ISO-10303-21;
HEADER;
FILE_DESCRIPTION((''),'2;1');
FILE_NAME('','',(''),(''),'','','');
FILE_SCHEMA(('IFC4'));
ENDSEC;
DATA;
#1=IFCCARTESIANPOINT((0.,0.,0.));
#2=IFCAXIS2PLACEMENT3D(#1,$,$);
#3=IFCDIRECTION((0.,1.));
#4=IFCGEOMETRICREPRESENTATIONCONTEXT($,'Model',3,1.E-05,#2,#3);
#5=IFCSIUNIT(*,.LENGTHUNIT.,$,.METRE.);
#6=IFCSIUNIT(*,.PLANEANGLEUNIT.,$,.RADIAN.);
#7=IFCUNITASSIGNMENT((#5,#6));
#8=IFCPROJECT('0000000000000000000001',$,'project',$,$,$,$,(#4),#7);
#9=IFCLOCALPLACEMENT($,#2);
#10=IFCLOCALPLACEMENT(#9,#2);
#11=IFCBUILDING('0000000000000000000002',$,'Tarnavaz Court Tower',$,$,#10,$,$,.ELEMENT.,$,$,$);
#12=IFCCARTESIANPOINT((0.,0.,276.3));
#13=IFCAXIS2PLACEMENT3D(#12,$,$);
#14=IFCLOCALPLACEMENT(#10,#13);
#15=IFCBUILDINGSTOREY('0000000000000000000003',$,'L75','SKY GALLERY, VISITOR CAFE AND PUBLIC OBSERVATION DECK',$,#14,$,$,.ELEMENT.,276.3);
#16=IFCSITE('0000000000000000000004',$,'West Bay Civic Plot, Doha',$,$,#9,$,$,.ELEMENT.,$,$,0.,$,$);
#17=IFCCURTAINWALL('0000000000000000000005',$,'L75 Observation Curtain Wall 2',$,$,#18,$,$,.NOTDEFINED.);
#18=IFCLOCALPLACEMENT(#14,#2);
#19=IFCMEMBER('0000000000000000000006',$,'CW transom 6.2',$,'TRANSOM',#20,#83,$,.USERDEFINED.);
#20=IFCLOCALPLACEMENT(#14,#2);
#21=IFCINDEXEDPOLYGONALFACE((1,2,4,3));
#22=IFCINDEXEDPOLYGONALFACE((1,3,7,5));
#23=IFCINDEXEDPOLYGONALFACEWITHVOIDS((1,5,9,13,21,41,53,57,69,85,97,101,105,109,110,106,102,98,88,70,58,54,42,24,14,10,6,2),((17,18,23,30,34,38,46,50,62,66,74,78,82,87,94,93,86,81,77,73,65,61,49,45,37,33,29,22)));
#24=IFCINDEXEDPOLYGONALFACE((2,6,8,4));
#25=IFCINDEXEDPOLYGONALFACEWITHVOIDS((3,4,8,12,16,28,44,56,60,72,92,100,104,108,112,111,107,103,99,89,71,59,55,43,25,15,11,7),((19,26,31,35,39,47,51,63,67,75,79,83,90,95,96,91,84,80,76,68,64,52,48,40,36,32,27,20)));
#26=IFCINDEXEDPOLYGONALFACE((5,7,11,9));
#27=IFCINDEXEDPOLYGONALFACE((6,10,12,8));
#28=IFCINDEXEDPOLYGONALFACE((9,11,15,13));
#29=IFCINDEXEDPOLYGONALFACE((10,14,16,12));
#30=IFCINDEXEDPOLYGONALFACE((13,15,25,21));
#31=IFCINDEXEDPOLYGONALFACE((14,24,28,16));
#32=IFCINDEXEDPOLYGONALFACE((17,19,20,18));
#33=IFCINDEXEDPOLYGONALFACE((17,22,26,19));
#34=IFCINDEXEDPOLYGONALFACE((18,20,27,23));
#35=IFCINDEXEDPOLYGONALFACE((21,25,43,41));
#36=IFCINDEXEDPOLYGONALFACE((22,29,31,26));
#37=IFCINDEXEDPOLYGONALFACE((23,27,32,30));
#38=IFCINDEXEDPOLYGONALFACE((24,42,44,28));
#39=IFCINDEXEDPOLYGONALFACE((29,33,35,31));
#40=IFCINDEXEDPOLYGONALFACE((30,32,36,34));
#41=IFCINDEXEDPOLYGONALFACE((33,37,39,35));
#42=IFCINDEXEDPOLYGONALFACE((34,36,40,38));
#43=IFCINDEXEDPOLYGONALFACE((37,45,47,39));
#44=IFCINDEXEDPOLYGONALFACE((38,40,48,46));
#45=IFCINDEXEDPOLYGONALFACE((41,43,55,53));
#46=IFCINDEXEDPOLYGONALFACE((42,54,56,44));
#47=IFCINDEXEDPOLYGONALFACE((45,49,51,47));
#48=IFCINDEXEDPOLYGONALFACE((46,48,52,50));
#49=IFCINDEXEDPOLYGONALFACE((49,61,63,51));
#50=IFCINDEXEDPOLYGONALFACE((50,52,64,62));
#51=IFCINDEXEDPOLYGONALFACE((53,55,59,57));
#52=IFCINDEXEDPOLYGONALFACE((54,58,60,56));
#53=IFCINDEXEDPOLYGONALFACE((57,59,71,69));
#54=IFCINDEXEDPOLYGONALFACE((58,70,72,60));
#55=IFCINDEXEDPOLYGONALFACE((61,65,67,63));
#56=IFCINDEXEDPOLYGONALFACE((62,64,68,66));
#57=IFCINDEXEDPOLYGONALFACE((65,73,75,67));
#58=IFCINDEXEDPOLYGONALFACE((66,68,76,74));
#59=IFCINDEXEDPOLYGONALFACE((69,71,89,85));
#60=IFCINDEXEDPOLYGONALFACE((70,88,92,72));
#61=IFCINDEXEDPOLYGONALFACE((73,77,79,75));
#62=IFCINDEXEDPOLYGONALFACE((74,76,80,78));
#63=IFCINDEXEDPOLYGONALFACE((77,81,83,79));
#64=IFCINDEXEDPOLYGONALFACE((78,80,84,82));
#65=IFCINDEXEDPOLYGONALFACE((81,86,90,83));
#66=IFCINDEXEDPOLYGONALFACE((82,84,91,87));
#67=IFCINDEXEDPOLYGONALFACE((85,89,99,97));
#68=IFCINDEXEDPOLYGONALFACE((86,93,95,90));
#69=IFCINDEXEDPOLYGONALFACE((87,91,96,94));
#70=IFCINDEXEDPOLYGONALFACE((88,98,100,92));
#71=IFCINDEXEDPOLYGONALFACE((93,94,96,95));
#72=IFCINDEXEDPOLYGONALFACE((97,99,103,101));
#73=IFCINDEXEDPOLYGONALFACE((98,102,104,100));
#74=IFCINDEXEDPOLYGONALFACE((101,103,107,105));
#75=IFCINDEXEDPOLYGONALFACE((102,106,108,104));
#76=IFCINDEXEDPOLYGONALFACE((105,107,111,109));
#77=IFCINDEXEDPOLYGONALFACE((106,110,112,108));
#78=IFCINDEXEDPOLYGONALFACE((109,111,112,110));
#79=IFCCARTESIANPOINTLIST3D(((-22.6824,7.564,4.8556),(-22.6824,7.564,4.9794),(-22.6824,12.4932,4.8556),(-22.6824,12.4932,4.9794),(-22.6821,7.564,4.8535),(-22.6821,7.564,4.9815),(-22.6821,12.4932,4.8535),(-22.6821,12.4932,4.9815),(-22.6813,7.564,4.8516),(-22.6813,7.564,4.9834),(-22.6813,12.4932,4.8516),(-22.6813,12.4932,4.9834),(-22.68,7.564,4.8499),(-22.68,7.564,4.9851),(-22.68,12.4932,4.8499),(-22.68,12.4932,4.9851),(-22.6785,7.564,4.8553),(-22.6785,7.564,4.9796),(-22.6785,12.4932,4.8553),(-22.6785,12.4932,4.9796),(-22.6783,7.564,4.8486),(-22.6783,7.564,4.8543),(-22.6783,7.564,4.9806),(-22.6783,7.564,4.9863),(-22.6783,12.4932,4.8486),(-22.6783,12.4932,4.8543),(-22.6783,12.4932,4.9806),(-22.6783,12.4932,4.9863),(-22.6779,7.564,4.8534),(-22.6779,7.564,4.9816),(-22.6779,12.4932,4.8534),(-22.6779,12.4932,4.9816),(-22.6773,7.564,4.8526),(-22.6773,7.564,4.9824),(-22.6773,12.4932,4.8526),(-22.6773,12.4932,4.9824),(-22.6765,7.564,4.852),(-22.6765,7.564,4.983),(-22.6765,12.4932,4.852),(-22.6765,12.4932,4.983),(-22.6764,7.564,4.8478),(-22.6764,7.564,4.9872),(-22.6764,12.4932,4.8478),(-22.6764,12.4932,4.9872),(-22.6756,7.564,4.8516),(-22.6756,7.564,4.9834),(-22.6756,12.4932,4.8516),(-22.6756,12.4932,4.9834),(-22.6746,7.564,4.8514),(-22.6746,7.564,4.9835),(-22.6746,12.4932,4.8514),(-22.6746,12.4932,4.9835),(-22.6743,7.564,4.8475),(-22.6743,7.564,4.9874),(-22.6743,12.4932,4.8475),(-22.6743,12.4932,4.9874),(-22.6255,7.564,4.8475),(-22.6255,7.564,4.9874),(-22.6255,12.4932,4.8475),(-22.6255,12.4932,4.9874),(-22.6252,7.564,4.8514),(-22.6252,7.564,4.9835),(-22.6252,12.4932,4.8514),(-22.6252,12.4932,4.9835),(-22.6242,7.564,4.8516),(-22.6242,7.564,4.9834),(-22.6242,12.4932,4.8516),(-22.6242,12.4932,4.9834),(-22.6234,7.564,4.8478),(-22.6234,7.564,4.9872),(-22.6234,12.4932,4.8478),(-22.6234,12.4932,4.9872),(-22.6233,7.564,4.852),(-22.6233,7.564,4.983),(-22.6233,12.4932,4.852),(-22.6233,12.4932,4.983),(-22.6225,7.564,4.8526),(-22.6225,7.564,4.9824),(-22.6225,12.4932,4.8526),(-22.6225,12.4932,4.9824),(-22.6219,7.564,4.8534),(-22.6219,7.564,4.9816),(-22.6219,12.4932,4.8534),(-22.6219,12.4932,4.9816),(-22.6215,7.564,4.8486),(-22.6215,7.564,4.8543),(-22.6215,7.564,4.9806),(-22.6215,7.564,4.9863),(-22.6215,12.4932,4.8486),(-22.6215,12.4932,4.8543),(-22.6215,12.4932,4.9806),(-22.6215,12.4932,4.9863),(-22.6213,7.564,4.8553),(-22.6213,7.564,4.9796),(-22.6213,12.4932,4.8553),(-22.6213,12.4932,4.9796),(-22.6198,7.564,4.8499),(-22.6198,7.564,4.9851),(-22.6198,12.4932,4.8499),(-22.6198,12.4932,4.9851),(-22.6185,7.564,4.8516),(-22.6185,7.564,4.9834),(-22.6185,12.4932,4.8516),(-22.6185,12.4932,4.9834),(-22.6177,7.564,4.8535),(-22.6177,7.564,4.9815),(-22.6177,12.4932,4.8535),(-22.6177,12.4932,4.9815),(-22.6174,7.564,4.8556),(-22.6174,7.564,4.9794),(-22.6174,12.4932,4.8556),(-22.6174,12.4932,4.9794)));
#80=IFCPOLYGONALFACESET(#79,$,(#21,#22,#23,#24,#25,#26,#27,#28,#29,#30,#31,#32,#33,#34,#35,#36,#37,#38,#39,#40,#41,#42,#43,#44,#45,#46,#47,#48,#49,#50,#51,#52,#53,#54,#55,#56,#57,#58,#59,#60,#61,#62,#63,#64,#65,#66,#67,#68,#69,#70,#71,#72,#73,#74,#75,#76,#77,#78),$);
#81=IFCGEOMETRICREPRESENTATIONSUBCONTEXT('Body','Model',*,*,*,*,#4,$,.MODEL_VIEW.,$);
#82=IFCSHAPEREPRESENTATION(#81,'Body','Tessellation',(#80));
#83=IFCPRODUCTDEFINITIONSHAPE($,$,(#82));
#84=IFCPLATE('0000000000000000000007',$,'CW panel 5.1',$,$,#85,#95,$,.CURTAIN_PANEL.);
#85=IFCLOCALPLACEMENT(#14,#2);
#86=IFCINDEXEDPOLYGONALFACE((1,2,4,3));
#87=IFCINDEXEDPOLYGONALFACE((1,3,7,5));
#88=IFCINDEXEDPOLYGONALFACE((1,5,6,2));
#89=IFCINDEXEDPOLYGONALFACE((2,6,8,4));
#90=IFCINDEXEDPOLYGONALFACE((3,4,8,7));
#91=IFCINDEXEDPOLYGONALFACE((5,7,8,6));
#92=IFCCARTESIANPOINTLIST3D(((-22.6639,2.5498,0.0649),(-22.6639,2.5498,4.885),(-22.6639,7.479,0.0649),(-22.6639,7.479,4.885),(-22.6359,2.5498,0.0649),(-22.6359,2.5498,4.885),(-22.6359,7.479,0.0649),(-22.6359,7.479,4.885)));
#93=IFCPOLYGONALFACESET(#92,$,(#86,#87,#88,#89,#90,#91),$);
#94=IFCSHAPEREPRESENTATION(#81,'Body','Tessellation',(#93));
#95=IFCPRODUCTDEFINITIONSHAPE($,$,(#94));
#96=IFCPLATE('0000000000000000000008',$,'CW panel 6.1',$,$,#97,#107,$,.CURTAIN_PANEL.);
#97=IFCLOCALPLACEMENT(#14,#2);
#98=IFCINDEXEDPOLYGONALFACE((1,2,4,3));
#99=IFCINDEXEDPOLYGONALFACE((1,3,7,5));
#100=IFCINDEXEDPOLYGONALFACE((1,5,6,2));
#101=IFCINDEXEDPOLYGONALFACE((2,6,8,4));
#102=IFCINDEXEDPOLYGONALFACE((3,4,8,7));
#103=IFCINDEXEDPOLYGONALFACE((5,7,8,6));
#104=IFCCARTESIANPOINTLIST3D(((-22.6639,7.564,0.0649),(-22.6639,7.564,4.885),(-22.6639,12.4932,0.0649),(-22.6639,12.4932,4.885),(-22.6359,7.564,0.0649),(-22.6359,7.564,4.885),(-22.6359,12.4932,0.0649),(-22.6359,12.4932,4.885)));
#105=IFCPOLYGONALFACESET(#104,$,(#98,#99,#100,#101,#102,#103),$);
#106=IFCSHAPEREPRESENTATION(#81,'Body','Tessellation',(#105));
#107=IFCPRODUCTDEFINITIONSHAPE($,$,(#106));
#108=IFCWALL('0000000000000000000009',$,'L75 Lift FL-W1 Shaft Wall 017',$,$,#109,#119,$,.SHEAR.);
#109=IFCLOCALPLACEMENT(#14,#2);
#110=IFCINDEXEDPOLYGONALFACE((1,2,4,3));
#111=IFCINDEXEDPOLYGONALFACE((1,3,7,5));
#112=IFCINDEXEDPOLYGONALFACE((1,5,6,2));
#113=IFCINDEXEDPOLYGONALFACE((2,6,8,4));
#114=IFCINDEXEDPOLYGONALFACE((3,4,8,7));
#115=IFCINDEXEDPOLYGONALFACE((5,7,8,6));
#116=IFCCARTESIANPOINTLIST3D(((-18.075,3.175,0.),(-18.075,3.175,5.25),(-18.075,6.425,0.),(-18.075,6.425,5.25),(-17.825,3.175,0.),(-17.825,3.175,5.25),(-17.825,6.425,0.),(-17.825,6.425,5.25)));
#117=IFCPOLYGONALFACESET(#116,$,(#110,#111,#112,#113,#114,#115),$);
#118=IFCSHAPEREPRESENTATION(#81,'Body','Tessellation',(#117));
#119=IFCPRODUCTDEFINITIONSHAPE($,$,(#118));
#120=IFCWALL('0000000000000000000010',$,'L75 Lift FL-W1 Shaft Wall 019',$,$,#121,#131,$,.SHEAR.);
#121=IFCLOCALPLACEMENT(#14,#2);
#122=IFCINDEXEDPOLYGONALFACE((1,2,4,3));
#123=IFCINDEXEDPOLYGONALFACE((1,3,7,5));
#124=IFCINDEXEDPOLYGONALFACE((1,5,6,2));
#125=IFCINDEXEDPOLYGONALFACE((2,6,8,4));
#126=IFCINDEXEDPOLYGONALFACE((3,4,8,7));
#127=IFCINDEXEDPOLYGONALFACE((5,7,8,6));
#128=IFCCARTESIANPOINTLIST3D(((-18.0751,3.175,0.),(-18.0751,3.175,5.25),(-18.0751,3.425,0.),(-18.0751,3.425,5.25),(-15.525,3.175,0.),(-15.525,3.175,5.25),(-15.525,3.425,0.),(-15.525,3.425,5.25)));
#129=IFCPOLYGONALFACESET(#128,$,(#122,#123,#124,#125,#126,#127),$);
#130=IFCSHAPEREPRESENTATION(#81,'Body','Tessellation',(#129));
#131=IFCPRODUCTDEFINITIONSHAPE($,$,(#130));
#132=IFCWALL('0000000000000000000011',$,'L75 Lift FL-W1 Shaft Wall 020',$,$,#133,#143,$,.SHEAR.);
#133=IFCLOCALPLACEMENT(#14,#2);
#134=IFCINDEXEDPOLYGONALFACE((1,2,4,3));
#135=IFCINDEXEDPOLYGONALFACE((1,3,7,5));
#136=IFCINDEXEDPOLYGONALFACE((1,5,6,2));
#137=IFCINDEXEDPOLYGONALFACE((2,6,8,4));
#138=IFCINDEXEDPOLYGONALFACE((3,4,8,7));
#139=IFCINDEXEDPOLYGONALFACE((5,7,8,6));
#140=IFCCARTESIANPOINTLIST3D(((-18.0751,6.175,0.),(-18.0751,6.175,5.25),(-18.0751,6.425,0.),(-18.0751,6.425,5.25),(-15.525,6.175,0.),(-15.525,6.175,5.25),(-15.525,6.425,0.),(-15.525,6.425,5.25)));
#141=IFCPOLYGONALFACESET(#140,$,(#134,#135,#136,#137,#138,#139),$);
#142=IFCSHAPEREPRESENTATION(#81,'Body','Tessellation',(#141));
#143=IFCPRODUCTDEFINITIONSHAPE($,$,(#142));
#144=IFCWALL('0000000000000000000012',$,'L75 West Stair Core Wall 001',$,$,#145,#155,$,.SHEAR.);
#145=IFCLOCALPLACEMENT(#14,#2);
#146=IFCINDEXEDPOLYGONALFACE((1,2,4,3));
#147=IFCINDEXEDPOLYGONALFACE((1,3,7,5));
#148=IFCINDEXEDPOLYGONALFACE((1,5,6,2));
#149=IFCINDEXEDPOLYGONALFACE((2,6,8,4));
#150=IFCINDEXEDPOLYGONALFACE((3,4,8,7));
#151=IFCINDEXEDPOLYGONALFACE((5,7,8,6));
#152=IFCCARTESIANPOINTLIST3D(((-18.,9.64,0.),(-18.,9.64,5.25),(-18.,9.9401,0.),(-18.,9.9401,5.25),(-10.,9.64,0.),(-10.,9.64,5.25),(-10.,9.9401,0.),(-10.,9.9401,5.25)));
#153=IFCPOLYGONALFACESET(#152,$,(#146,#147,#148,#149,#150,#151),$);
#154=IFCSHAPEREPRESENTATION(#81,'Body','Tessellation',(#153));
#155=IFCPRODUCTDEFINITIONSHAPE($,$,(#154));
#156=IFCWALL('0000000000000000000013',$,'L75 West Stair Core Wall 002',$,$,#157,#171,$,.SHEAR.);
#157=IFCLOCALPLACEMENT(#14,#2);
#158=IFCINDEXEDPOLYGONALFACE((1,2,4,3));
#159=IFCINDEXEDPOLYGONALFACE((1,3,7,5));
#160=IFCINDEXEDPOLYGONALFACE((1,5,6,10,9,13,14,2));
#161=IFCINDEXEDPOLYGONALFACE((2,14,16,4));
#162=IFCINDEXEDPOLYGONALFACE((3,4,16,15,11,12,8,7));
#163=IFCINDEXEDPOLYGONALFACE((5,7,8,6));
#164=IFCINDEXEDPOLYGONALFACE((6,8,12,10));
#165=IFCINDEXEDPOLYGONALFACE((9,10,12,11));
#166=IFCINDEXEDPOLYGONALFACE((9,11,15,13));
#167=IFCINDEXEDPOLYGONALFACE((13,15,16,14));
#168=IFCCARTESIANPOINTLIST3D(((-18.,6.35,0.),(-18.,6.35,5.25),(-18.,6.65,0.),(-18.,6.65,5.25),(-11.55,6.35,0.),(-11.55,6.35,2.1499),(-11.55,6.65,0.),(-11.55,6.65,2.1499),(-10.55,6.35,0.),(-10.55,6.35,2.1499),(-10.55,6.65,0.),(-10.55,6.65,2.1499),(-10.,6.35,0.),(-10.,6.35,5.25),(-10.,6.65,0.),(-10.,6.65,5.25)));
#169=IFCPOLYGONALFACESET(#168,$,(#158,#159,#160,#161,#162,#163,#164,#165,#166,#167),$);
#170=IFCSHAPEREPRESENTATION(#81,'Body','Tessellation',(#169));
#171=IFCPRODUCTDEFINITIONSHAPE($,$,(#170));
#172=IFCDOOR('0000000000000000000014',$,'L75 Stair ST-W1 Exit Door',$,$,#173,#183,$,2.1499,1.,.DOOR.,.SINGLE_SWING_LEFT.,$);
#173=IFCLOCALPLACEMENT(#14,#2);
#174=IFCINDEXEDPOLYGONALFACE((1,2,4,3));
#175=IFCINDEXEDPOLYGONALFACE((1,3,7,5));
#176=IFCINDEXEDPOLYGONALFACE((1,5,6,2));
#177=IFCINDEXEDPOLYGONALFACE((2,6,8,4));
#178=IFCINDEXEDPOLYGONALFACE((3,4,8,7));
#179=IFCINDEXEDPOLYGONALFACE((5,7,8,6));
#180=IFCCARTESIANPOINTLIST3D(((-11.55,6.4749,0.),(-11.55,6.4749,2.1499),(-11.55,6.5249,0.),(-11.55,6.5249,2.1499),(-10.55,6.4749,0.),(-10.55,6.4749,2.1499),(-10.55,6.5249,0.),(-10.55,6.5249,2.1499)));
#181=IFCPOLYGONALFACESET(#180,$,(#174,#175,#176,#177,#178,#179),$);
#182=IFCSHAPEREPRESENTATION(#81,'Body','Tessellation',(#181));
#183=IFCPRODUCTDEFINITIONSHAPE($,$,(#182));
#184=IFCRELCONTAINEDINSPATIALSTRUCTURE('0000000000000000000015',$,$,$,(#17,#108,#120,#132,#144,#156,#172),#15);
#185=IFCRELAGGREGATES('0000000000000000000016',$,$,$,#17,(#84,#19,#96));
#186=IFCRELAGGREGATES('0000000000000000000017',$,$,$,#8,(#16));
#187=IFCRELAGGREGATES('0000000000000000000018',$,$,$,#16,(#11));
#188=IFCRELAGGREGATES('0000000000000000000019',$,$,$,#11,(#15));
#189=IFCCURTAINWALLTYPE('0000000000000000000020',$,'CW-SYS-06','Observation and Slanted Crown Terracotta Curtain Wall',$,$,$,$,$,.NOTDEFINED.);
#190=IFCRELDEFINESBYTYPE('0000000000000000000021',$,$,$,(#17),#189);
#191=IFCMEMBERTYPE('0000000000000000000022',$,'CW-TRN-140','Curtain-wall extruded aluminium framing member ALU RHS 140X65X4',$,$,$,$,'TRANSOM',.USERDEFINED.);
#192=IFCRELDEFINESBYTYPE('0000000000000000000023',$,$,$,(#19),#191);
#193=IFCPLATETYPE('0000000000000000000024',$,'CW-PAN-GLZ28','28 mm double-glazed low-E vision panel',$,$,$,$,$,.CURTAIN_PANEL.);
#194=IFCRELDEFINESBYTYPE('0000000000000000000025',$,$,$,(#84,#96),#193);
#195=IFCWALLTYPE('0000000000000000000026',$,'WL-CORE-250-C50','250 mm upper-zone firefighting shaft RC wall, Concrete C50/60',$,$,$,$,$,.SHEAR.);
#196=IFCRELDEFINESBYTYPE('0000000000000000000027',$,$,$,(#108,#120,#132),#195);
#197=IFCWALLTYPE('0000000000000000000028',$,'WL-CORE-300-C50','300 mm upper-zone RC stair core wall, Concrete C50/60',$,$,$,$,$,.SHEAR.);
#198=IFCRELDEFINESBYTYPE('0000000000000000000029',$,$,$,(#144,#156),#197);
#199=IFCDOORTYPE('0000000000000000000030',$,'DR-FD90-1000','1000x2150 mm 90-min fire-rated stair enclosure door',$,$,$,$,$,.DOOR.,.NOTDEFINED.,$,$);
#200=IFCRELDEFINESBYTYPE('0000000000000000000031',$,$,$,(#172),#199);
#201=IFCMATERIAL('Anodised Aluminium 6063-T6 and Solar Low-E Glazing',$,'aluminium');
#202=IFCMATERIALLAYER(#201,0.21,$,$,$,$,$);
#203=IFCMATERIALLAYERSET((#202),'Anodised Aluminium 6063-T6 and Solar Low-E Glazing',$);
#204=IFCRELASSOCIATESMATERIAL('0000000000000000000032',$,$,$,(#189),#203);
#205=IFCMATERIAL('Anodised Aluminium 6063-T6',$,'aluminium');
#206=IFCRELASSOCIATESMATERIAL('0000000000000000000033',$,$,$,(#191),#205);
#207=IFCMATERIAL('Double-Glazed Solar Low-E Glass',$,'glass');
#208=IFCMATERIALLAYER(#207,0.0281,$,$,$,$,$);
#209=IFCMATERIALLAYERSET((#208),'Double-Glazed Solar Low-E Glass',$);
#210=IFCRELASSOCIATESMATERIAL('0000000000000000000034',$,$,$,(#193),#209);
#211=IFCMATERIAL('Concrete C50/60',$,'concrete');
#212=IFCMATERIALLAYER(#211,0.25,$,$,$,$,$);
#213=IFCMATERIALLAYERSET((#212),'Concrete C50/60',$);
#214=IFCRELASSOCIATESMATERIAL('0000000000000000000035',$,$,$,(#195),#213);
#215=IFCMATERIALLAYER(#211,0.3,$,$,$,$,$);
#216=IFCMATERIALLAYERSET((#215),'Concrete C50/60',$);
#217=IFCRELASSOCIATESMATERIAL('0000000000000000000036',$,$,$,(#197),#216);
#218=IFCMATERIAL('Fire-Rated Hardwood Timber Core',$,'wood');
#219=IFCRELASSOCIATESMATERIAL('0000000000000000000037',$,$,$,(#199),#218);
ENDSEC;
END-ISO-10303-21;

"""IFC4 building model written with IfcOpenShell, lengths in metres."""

from ifc_helpers import new_model, si_unit, direction, frame, frame_2d, origin, origin_2d, place, context, subcontext, project, spatial, rectangle, hollow_rectangle, extrude, material, layer, layer_set, material_profile, profile_set, type_object, element, fill, aggregate, save


model = new_model("IFC4")

# Units and contexts
model_context = context("Model", 3, precision=1e-05, world=origin(), true_north=direction((0.0, 1.0)))
body_context = subcontext(model_context, "Body", "Model", "MODEL_VIEW")
ifc_project = project(units=[si_unit("LENGTHUNIT", "METRE"), si_unit("PLANEANGLEUNIT", "RADIAN")], contexts=[model_context])

# Site, building, storey
site_placement = place(None, origin())
site = spatial("IfcSite", under=ifc_project, at=site_placement, Name="West Bay Civic Plot, Doha", CompositionType="ELEMENT", RefElevation=0.0)
building_placement = place(site_placement, origin())
building = spatial("IfcBuilding", under=site, at=building_placement, Name="Tarnavaz Court Tower", CompositionType="ELEMENT")
storey_placement = place(building_placement, frame((0.0, 0.0, 276.3)))
storey = spatial("IfcBuildingStorey", under=building, at=storey_placement, Name="L75", Description="SKY GALLERY, VISITOR CAFE AND PUBLIC OBSERVATION DECK", CompositionType="ELEMENT", Elevation=276.3)

# Shared definitions
ifc_material_1 = material(Name="Concrete C50/60", Category="concrete")

# Curtain wall, member, plates
ifc_material_2 = material(Name="Anodised Aluminium 6063-T6 and Solar Low-E Glazing", Category="aluminium")
ifc_layer_1 = layer(ifc_material_2, 0.21)
ifc_layer_set_1 = layer_set([ifc_layer_1], Name="Anodised Aluminium 6063-T6 and Solar Low-E Glazing")
curtain_wall_type = type_object("IfcCurtainWallType", Name="CW-SYS-06", Description="Observation and Slanted Crown Terracotta Curtain Wall", PredefinedType="NOTDEFINED", material=ifc_layer_set_1)
curtain_wall_placement = place(storey_placement, origin())
curtain_wall = element("IfcCurtainWall", 1, at=curtain_wall_placement, inside=storey, type_object=curtain_wall_type, Name="L75 Observation Curtain Wall 2", PredefinedType="NOTDEFINED")
ifc_material_3 = material(Name="Anodised Aluminium 6063-T6", Category="aluminium")
ifc_material_profile_1 = material_profile(ifc_material_3, hollow_rectangle(XDim=0.0649, YDim=0.1399, WallThickness=0.0039, InnerFilletRadius=0.0039, OuterFilletRadius=0.0081, at=origin_2d()), Name="ALU RHS 140X65X4")
ifc_profile_set_1 = profile_set([ifc_material_profile_1], Name="Anodised Aluminium 6063-T6")
member_type_1 = type_object("IfcMemberType", Name="CW-TRN-140", Description="Curtain-wall extruded aluminium framing member ALU RHS 140X65X4", ElementType="TRANSOM", PredefinedType="USERDEFINED", material=ifc_profile_set_1)
member_1_placement = place(storey_placement, frame((-22.6499, 7.564, 4.9175), z_axis=(0.0, 1.0, 0.0), x_axis=(-1.0, 0.0, 0.0)))
member_1 = element("IfcMember", 2, at=member_1_placement, type_object=member_type_1, Name="CW transom 6.2", ObjectType="TRANSOM", PredefinedType="USERDEFINED", context=body_context, shape_type="SweptSolid", body=[
    extrude(hollow_rectangle(XDim=0.0649, YDim=0.1399, WallThickness=0.0039, InnerFilletRadius=0.0039, OuterFilletRadius=0.0081, at=origin_2d()), origin(), (0.0, 0.0, 1.0), 4.9292),
])
ifc_material_4 = material(Name="Double-Glazed Solar Low-E Glass", Category="glass")
ifc_layer_2 = layer(ifc_material_4, 0.0281)
ifc_layer_set_2 = layer_set([ifc_layer_2], Name="Double-Glazed Solar Low-E Glass")
plate_type = type_object("IfcPlateType", Name="CW-PAN-GLZ28", Description="28 mm double-glazed low-E vision panel", PredefinedType="CURTAIN_PANEL", material=ifc_layer_set_2)
plate_1_placement = place(storey_placement, frame((-22.6499, 5.0144, 0.0649), z_axis=(0.0, 0.0, 1.0), x_axis=(0.0, 1.0, 0.0)))
plate_1 = element("IfcPlate", 3, at=plate_1_placement, type_object=plate_type, Name="CW panel 5.1", PredefinedType="CURTAIN_PANEL", context=body_context, shape_type="SweptSolid", body=[
    extrude(rectangle(XDim=4.9292, YDim=0.0281, at=origin_2d()), origin(), (0.0, 0.0, 1.0), 4.8201),
])
plate_2_placement = place(storey_placement, frame((-22.6499, 10.0286, 0.0649), z_axis=(0.0, 0.0, 1.0), x_axis=(0.0, 1.0, 0.0)))
plate_2 = element("IfcPlate", 4, at=plate_2_placement, type_object=plate_type, Name="CW panel 6.1", PredefinedType="CURTAIN_PANEL", context=body_context, shape_type="SweptSolid", body=[
    extrude(rectangle(XDim=4.9292, YDim=0.0281, at=origin_2d()), origin(), (0.0, 0.0, 1.0), 4.8201),
])
aggregate(curtain_wall, [plate_1, member_1, plate_2])

# Wall
ifc_layer_3 = layer(ifc_material_1, 0.25)
ifc_layer_set_3 = layer_set([ifc_layer_3], Name="Concrete C50/60")
wall_type_1 = type_object("IfcWallType", Name="WL-CORE-250-C50", Description="250 mm upper-zone firefighting shaft RC wall, Concrete C50/60", PredefinedType="SHEAR", material=ifc_layer_set_3)
wall_1_placement = place(storey_placement, frame((-17.95, 3.175, 0.0), z_axis=(0.0, 0.0, 1.0), x_axis=(0.0, 1.0, 0.0)))
element("IfcWall", 5, at=wall_1_placement, inside=storey, type_object=wall_type_1, Name="L75 Lift FL-W1 Shaft Wall 017", PredefinedType="SHEAR", context=body_context, shape_type="SweptSolid", body=[
    extrude(rectangle(XDim=3.25, YDim=0.25, at=frame_2d((1.625, 0.0))), origin(), (0.0, 0.0, 1.0), 5.25),
])

# Walls
for number, where, z_axis, x_axis, name in (
    (6, (-18.075, 3.3, 0.0), (0.0, 0.0, 1.0), (1.0, 0.0, 0.0), "L75 Lift FL-W1 Shaft Wall 019"),
    (7, (-18.075, 6.3, 0.0), (0.0, 0.0, 1.0), (1.0, 0.0, 0.0), "L75 Lift FL-W1 Shaft Wall 020"),
):
    element("IfcWall", number, at=place(storey_placement, frame(where, z_axis=z_axis, x_axis=x_axis)), inside=storey, type_object=wall_type_1, Name=name, PredefinedType="SHEAR", context=body_context, shape_type="SweptSolid", body=[
        extrude(rectangle(XDim=2.55, YDim=0.25, at=frame_2d((1.2749, 0.0))), origin(), (0.0, 0.0, 1.0), 5.25),
    ])
ifc_layer_4 = layer(ifc_material_1, 0.3)
ifc_layer_set_4 = layer_set([ifc_layer_4], Name="Concrete C50/60")
wall_type_2 = type_object("IfcWallType", Name="WL-CORE-300-C50", Description="300 mm upper-zone RC stair core wall, Concrete C50/60", PredefinedType="SHEAR", material=ifc_layer_set_4)
wall_2_placement = place(storey_placement, frame((-18.0, 9.79, 0.0), z_axis=(0.0, 0.0, 1.0), x_axis=(1.0, 0.0, 0.0)))
element("IfcWall", 8, at=wall_2_placement, inside=storey, type_object=wall_type_2, Name="L75 West Stair Core Wall 001", PredefinedType="SHEAR", context=body_context, shape_type="SweptSolid", body=[
    extrude(rectangle(XDim=8.0, YDim=0.3, at=frame_2d((4.0, 0.0))), origin(), (0.0, 0.0, 1.0), 5.25),
])

# Wall, opening, door
wall_3_placement = place(storey_placement, frame((-18.0, 6.5, 0.0), z_axis=(0.0, 0.0, 1.0), x_axis=(1.0, 0.0, 0.0)))
wall_3 = element("IfcWall", 9, at=wall_3_placement, inside=storey, type_object=wall_type_2, Name="L75 West Stair Core Wall 002", PredefinedType="SHEAR", context=body_context, shape_type="SweptSolid", body=[
    extrude(rectangle(XDim=8.0, YDim=0.3, at=frame_2d((4.0, 0.0))), origin(), (0.0, 0.0, 1.0), 5.25),
])
opening_1_placement = place(wall_3_placement, frame((6.45, 0.0, 0.0)))
opening_1 = element("IfcOpeningElement", 10, at=opening_1_placement, cuts=wall_3, PredefinedType="OPENING", context=body_context, shape_type="SweptSolid", body=[
    extrude(rectangle(XDim=1.0, YDim=2.1499, at=frame_2d((0.5, 1.075))), frame((0.0, 0.1599, 0.0), z_axis=(0.0, -1.0, 0.0), x_axis=(1.0, 0.0, 0.0)), (0.0, 0.0, 1.0), 0.3201),
])
ifc_material_5 = material(Name="Fire-Rated Hardwood Timber Core", Category="wood")
door_type_1 = type_object("IfcDoorType", Name="DR-FD90-1000", Description="1000x2150 mm 90-min fire-rated stair enclosure door", OperationType="NOTDEFINED", PredefinedType="DOOR", material=ifc_material_5)
door_1_placement = place(opening_1_placement, origin())
door_1 = element("IfcDoor", 11, at=door_1_placement, inside=storey, type_object=door_type_1, Name="L75 Stair ST-W1 Exit Door", OperationType="SINGLE_SWING_LEFT", OverallHeight=2.1499, OverallWidth=1.0, PredefinedType="DOOR", context=body_context, shape_type="SweptSolid", body=[
    extrude(rectangle(XDim=1.0, YDim=2.1499, at=frame_2d((0.5, 1.075))), frame((0.0, 0.0249, 0.0), z_axis=(0.0, -1.0, 0.0), x_axis=(1.0, 0.0, 0.0)), (0.0, 0.0, 1.0), 0.05),
])
fill(opening_1, door_1)

save(model, "model.ifc")
